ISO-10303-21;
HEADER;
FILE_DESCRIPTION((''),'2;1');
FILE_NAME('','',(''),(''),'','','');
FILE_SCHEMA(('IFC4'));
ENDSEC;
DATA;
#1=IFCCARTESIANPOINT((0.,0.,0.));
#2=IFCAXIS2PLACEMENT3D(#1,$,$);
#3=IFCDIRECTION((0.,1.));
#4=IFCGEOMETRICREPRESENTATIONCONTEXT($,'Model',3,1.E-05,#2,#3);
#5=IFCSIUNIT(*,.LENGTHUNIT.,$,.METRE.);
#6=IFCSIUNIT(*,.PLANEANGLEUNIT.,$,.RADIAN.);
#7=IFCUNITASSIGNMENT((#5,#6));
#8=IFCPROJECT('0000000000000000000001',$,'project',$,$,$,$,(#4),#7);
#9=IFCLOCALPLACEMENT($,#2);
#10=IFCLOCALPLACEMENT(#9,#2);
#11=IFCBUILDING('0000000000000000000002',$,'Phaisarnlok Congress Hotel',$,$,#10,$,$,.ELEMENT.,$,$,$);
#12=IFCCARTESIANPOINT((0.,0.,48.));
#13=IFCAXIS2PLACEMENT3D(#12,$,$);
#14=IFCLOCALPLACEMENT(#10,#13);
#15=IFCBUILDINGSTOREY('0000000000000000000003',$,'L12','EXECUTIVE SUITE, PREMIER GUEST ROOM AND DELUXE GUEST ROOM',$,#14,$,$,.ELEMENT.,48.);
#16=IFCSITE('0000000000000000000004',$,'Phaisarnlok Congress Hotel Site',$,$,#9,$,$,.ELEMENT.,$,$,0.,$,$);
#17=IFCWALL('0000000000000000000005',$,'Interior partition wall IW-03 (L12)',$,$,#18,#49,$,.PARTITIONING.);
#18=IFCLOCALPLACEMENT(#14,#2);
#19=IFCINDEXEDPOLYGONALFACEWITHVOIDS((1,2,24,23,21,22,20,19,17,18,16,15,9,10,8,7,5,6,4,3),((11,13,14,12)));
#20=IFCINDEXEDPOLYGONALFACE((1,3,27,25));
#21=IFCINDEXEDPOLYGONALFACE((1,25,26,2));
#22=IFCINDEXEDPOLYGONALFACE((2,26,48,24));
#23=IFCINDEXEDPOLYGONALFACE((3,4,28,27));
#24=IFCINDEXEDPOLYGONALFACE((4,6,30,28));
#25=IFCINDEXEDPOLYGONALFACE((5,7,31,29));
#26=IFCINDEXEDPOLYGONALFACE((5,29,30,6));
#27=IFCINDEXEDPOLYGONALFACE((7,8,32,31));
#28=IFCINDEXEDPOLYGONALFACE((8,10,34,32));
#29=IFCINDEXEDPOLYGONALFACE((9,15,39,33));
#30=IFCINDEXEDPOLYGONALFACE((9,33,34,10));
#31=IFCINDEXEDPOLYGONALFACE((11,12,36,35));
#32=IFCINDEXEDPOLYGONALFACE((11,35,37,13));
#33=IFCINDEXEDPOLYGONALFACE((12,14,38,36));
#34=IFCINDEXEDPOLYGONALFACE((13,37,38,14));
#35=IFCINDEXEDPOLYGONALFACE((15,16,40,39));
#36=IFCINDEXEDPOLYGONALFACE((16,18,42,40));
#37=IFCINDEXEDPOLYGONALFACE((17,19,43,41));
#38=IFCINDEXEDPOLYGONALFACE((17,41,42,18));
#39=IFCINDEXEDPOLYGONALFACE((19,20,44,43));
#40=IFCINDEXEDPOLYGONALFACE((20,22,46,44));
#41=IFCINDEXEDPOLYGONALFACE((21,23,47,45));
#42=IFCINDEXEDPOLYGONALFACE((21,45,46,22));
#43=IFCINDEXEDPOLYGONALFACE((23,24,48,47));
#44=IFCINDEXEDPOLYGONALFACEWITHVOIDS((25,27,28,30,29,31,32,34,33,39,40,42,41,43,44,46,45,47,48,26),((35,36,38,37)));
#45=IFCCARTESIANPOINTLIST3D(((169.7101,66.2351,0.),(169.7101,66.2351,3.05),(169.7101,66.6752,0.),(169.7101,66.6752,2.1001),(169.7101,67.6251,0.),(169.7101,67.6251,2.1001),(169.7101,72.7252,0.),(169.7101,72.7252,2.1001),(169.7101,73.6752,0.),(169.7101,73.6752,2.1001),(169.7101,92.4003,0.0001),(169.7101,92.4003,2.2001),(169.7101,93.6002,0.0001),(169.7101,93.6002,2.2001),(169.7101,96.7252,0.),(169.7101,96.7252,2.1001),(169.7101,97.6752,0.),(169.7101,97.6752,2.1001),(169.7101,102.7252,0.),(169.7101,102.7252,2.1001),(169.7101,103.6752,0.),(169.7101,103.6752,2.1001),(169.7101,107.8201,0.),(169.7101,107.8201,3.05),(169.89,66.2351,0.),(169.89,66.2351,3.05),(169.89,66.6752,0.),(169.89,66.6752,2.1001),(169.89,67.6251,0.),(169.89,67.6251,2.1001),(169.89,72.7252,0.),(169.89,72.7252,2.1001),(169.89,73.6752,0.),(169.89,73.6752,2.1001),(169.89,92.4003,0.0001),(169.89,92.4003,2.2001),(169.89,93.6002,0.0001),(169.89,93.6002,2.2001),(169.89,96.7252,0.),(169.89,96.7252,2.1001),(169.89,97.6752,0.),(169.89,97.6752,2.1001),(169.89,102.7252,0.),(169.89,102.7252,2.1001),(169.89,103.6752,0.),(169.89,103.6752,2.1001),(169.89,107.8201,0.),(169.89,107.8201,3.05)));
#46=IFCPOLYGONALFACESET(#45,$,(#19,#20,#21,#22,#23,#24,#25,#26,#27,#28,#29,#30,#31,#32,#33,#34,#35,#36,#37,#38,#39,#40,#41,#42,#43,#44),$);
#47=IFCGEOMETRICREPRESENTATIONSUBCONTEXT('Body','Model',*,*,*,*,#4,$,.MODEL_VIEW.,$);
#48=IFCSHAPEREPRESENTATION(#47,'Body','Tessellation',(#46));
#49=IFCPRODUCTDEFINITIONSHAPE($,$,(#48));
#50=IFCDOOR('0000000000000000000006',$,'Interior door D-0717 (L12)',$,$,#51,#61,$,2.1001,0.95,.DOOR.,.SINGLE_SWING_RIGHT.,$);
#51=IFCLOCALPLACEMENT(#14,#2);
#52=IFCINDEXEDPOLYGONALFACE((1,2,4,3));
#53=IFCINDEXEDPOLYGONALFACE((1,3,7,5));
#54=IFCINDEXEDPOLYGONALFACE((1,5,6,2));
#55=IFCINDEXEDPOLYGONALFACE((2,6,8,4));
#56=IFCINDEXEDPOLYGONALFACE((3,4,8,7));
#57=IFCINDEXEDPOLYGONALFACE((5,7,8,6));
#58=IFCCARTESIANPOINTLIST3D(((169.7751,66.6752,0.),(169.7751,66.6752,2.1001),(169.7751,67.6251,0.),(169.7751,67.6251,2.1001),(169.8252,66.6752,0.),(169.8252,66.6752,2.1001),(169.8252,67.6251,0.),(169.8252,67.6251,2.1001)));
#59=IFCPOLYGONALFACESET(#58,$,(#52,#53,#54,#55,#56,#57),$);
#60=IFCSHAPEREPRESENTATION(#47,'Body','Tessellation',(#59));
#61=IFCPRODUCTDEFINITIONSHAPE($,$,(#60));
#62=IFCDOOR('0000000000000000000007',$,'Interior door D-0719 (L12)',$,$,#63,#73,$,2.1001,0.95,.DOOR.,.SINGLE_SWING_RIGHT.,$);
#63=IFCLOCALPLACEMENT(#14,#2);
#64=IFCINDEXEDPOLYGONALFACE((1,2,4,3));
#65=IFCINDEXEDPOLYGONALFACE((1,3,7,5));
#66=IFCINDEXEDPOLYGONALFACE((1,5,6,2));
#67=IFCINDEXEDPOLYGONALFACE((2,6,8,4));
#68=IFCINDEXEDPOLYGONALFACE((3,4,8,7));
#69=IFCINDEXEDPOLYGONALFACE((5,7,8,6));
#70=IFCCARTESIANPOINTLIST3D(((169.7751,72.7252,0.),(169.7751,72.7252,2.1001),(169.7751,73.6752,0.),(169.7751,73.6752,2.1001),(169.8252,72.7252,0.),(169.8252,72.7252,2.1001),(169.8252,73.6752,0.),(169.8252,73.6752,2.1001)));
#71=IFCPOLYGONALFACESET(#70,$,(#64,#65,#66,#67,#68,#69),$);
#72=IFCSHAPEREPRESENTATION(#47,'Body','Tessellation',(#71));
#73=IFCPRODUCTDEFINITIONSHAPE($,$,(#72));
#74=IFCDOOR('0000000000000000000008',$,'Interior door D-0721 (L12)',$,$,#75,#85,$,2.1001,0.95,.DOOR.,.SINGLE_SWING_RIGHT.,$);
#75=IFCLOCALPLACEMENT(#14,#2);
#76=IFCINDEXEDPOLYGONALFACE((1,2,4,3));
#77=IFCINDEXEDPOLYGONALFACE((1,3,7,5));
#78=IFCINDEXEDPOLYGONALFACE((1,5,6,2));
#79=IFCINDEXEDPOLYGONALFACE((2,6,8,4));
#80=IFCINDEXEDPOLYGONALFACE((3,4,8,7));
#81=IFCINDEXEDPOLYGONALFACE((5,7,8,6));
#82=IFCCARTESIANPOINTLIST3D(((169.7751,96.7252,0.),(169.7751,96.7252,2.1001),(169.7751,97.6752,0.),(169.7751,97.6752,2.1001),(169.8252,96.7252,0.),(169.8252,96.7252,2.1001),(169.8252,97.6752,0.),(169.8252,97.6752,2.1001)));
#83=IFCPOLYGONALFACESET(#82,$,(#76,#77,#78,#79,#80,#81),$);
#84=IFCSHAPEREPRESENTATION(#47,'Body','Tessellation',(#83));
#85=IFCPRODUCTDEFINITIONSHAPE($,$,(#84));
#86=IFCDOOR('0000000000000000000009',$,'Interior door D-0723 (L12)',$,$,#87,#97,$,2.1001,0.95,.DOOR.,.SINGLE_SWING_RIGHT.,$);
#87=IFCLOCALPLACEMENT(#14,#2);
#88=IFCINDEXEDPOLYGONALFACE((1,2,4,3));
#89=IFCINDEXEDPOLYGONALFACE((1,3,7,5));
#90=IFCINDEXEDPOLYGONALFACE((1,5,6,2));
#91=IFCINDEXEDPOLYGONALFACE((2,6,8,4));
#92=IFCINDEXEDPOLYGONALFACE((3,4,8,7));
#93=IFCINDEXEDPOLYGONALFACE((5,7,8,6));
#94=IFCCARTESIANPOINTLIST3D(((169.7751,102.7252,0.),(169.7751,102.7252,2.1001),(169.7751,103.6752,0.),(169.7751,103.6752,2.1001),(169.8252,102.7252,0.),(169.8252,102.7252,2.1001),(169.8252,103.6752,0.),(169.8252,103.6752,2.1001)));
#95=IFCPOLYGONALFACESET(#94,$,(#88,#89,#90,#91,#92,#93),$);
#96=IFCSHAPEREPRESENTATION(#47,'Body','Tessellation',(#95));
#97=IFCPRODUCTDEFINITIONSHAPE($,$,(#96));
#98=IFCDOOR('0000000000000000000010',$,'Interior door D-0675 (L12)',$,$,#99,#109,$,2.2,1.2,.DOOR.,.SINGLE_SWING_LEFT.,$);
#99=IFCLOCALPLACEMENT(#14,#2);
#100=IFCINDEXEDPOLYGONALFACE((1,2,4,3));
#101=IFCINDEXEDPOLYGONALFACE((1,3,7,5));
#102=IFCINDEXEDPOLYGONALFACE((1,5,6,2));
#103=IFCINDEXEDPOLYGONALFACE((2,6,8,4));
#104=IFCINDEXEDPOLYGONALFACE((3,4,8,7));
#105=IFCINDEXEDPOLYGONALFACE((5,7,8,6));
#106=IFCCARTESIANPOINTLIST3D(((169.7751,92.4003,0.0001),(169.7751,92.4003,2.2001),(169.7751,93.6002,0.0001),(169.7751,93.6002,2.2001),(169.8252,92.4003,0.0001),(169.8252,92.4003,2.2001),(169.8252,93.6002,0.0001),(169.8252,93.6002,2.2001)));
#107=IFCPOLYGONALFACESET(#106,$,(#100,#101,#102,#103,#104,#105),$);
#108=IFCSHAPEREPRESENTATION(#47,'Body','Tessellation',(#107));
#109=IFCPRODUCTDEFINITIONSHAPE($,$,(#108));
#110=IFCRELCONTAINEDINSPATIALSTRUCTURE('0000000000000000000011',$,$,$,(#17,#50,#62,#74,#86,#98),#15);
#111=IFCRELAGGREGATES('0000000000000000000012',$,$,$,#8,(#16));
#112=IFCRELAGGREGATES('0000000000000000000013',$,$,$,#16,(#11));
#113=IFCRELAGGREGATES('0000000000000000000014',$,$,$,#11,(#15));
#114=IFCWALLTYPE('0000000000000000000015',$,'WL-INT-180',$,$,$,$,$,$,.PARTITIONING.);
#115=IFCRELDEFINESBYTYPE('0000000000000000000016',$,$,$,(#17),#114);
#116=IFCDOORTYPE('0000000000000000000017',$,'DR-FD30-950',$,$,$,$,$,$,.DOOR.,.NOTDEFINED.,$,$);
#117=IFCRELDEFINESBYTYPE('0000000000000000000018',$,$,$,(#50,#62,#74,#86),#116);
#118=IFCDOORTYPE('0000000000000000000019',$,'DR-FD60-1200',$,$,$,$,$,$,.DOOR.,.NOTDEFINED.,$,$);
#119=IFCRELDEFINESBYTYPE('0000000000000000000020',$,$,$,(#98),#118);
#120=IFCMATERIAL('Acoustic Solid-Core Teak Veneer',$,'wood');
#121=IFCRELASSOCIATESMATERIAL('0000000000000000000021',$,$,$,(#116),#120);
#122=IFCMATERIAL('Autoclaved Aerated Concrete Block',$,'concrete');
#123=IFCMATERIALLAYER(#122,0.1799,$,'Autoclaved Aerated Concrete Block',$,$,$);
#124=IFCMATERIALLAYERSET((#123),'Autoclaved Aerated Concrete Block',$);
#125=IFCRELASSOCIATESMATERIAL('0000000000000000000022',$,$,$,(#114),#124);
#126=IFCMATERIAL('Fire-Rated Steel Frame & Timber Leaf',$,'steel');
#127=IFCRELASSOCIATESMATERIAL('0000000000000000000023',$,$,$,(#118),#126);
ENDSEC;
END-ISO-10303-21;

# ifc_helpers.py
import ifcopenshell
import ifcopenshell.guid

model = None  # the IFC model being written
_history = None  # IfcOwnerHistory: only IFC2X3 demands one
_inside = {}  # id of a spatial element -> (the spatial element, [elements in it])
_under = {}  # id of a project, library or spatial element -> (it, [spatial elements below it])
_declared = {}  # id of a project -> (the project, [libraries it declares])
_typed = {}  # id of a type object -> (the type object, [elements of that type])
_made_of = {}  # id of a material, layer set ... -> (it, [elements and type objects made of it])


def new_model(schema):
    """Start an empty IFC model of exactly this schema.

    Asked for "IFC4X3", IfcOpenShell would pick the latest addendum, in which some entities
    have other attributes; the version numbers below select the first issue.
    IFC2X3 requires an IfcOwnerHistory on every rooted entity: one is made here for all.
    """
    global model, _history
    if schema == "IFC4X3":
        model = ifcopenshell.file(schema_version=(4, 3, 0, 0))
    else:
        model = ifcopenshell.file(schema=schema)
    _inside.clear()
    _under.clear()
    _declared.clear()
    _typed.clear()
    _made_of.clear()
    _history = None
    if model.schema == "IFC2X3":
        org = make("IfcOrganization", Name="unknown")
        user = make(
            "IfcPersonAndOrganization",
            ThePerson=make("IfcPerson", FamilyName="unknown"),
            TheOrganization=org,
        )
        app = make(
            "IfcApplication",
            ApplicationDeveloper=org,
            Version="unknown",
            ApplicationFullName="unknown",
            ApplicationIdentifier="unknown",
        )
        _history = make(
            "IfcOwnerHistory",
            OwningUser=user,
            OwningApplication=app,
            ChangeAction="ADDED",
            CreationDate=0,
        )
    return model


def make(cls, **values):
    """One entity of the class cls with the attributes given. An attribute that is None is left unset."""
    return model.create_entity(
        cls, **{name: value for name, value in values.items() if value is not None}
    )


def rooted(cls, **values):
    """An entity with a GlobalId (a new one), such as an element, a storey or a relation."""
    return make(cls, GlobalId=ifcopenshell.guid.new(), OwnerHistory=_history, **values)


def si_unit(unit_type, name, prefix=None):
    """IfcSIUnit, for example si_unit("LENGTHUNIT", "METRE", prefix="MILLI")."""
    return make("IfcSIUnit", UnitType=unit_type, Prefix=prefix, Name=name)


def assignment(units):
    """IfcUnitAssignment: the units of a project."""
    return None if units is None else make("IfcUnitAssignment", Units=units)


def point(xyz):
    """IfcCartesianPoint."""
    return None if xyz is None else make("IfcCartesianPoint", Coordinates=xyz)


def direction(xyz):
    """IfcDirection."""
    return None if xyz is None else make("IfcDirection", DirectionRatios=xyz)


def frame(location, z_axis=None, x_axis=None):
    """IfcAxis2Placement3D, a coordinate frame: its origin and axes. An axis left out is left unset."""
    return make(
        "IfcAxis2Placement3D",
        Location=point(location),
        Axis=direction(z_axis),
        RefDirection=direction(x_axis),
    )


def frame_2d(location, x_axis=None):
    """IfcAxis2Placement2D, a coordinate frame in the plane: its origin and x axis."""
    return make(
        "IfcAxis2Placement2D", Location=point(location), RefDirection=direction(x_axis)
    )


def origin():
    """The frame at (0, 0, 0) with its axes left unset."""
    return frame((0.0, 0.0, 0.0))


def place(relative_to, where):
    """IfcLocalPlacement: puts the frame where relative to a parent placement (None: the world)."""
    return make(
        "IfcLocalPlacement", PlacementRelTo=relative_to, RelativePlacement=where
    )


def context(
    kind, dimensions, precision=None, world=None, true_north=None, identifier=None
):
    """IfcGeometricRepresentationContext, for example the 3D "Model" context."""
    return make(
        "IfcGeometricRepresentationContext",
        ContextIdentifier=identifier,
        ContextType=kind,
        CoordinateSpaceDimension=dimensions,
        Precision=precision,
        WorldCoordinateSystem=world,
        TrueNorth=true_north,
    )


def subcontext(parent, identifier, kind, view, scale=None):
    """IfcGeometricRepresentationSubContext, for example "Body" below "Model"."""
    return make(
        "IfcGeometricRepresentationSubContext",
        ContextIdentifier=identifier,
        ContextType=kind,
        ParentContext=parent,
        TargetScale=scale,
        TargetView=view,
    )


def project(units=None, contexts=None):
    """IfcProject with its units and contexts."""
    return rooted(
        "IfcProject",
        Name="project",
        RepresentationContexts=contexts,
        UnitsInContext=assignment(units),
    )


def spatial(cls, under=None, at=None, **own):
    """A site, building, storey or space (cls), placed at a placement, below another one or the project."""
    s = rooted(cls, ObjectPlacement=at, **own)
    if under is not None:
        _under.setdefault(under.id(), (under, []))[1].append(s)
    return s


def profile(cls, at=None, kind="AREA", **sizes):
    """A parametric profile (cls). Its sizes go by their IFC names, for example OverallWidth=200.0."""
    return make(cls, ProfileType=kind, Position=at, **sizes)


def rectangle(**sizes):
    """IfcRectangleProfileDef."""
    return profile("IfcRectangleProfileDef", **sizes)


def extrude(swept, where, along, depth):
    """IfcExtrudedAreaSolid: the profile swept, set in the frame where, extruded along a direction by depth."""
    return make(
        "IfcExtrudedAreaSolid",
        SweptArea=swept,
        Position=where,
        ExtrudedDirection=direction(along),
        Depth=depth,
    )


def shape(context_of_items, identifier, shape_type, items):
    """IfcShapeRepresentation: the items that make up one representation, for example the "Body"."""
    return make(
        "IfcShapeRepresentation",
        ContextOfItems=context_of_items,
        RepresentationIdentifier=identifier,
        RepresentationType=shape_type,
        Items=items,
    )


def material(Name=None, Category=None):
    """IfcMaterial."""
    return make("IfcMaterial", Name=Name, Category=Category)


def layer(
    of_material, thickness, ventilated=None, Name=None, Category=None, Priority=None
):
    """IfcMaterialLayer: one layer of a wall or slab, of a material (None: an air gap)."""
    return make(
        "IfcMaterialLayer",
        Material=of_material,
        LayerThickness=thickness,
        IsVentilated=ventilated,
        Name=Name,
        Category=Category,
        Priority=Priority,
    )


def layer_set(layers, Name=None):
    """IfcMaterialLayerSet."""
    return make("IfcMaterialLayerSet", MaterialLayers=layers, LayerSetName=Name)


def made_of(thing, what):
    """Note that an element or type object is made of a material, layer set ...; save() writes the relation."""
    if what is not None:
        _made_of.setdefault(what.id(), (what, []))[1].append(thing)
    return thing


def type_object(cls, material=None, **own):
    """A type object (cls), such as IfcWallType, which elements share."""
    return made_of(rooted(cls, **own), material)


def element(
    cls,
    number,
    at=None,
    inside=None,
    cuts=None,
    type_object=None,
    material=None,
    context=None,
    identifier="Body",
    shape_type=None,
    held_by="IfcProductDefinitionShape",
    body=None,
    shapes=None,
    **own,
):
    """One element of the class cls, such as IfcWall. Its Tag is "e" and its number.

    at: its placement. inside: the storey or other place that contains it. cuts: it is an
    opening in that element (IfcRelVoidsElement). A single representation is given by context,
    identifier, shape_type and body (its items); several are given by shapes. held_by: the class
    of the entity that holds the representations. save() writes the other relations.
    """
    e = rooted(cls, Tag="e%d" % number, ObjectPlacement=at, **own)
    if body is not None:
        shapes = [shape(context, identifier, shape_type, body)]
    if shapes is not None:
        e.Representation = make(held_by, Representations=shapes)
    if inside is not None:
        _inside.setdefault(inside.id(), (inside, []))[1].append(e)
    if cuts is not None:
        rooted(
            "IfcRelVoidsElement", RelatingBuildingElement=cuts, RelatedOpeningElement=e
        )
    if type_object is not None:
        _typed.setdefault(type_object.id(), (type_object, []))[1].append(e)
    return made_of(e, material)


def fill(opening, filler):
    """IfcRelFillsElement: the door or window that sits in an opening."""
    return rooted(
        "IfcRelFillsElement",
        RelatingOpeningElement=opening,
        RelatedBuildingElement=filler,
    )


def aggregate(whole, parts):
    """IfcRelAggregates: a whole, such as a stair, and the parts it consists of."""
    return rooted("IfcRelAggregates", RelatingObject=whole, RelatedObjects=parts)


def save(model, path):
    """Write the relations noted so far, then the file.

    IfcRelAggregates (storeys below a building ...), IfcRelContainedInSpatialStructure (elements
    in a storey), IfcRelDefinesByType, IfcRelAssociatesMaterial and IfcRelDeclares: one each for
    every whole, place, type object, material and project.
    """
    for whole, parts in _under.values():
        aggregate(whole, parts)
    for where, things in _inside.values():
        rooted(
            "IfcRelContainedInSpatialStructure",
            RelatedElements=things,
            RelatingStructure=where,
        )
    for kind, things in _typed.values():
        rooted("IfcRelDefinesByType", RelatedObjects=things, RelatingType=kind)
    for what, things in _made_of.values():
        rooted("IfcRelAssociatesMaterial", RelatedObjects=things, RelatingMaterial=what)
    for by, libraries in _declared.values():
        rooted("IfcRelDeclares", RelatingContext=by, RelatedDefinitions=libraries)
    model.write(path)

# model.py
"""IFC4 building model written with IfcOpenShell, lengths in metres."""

from ifc_helpers import new_model, si_unit, direction, frame, frame_2d, origin, place, context, subcontext, project, spatial, rectangle, extrude, material, layer, layer_set, type_object, element, fill, save


model = new_model("IFC4")

# Units and contexts
model_context = context("Model", 3, precision=1e-05, world=origin(), true_north=direction((0.0, 1.0)))
body_context = subcontext(model_context, "Body", "Model", "MODEL_VIEW")
ifc_project = project(units=[si_unit("LENGTHUNIT", "METRE"), si_unit("PLANEANGLEUNIT", "RADIAN")], contexts=[model_context])

# Site, building, storey
site_placement = place(None, origin())
site = spatial("IfcSite", under=ifc_project, at=site_placement, Name="Phaisarnlok Congress Hotel Site", CompositionType="ELEMENT", RefElevation=0.0)
building_placement = place(site_placement, origin())
building = spatial("IfcBuilding", under=site, at=building_placement, Name="Phaisarnlok Congress Hotel", CompositionType="ELEMENT")
storey_placement = place(building_placement, frame((0.0, 0.0, 48.0)))
storey = spatial("IfcBuildingStorey", under=building, at=storey_placement, Name="L12", Description="EXECUTIVE SUITE, PREMIER GUEST ROOM AND DELUXE GUEST ROOM", CompositionType="ELEMENT", Elevation=48.0)

# Wall, openings, doors
ifc_material_1 = material(Name="Acoustic Solid-Core Teak Veneer", Category="wood")
door_type_1 = type_object("IfcDoorType", Name="DR-FD30-950", OperationType="NOTDEFINED", PredefinedType="DOOR", material=ifc_material_1)
ifc_material_2 = material(Name="Autoclaved Aerated Concrete Block", Category="concrete")
ifc_layer_1 = layer(ifc_material_2, 0.1799, Name="Autoclaved Aerated Concrete Block")
ifc_layer_set_1 = layer_set([ifc_layer_1], Name="Autoclaved Aerated Concrete Block")
wall_type_1 = type_object("IfcWallType", Name="WL-INT-180", PredefinedType="PARTITIONING", material=ifc_layer_set_1)
wall_1_placement = place(storey_placement, frame((169.8, 66.2351, 0.0), z_axis=(0.0, 0.0, 1.0), x_axis=(0.0, 1.0, 0.0)))
wall_1 = element("IfcWall", 1, at=wall_1_placement, inside=storey, type_object=wall_type_1, Name="Interior partition wall IW-03 (L12)", PredefinedType="PARTITIONING", context=body_context, shape_type="SweptSolid", body=[
    extrude(rectangle(XDim=41.585, YDim=0.1799, at=frame_2d((20.7925, 0.0))), origin(), (0.0, 0.0, 1.0), 3.05),
])
opening_1_placement = place(wall_1_placement, frame((26.165, 0.0, 0.0)))
opening_1 = element("IfcOpeningElement", 2, at=opening_1_placement, cuts=wall_1, PredefinedType="OPENING", context=body_context, shape_type="SweptSolid", body=[
    extrude(rectangle(XDim=1.2, YDim=2.2, at=frame_2d((0.6001, 1.1001))), frame((0.0, 0.1001, 0.0), z_axis=(0.0, -1.0, 0.0), x_axis=(1.0, 0.0, 0.0)), (0.0, 0.0, 1.0), 0.2),
])
opening_2_placement = place(wall_1_placement, frame((0.4399, 0.0, 0.0)))
opening_2 = element("IfcOpeningElement", 3, at=opening_2_placement, cuts=wall_1, PredefinedType="OPENING", context=body_context, shape_type="SweptSolid", body=[
    extrude(rectangle(XDim=0.95, YDim=2.1001, at=frame_2d((0.4751, 1.05))), frame((0.0, 0.1001, 0.0), z_axis=(0.0, -1.0, 0.0), x_axis=(1.0, 0.0, 0.0)), (0.0, 0.0, 1.0), 0.2),
])
opening_3_placement = place(wall_1_placement, frame((6.49, 0.0, 0.0)))
opening_3 = element("IfcOpeningElement", 4, at=opening_3_placement, cuts=wall_1, PredefinedType="OPENING", context=body_context, shape_type="SweptSolid", body=[
    extrude(rectangle(XDim=0.95, YDim=2.1001, at=frame_2d((0.4751, 1.05))), frame((0.0, 0.1001, 0.0), z_axis=(0.0, -1.0, 0.0), x_axis=(1.0, 0.0, 0.0)), (0.0, 0.0, 1.0), 0.2),
])
opening_4_placement = place(wall_1_placement, frame((30.49, 0.0, 0.0)))
opening_4 = element("IfcOpeningElement", 5, at=opening_4_placement, cuts=wall_1, PredefinedType="OPENING", context=body_context, shape_type="SweptSolid", body=[
    extrude(rectangle(XDim=0.95, YDim=2.1001, at=frame_2d((0.4751, 1.05))), frame((0.0, 0.1001, 0.0), z_axis=(0.0, -1.0, 0.0), x_axis=(1.0, 0.0, 0.0)), (0.0, 0.0, 1.0), 0.2),
])
opening_5_placement = place(wall_1_placement, frame((36.49, 0.0, 0.0)))
opening_5 = element("IfcOpeningElement", 6, at=opening_5_placement, cuts=wall_1, PredefinedType="OPENING", context=body_context, shape_type="SweptSolid", body=[
    extrude(rectangle(XDim=0.95, YDim=2.1001, at=frame_2d((0.4751, 1.05))), frame((0.0, 0.1001, 0.0), z_axis=(0.0, -1.0, 0.0), x_axis=(1.0, 0.0, 0.0)), (0.0, 0.0, 1.0), 0.2),
])
door_1_placement = place(opening_2_placement, origin())
door_1 = element("IfcDoor", 7, at=door_1_placement, inside=storey, type_object=door_type_1, Name="Interior door D-0717 (L12)", OperationType="SINGLE_SWING_RIGHT", OverallHeight=2.1001, OverallWidth=0.95, PredefinedType="DOOR", context=body_context, shape_type="SweptSolid", body=[
    extrude(rectangle(XDim=0.95, YDim=2.1001, at=frame_2d((0.4751, 1.05))), frame((0.0, 0.0249, 0.0), z_axis=(0.0, -1.0, 0.0), x_axis=(1.0, 0.0, 0.0)), (0.0, 0.0, 1.0), 0.05),
])
fill(opening_2, door_1)
door_2_placement = place(opening_3_placement, origin())
door_2 = element("IfcDoor", 8, at=door_2_placement, inside=storey, type_object=door_type_1, Name="Interior door D-0719 (L12)", OperationType="SINGLE_SWING_RIGHT", OverallHeight=2.1001, OverallWidth=0.95, PredefinedType="DOOR", context=body_context, shape_type="SweptSolid", body=[
    extrude(rectangle(XDim=0.95, YDim=2.1001, at=frame_2d((0.4751, 1.05))), frame((0.0, 0.0249, 0.0), z_axis=(0.0, -1.0, 0.0), x_axis=(1.0, 0.0, 0.0)), (0.0, 0.0, 1.0), 0.05),
])
fill(opening_3, door_2)
door_3_placement = place(opening_4_placement, origin())
door_3 = element("IfcDoor", 9, at=door_3_placement, inside=storey, type_object=door_type_1, Name="Interior door D-0721 (L12)", OperationType="SINGLE_SWING_RIGHT", OverallHeight=2.1001, OverallWidth=0.95, PredefinedType="DOOR", context=body_context, shape_type="SweptSolid", body=[
    extrude(rectangle(XDim=0.95, YDim=2.1001, at=frame_2d((0.4751, 1.05))), frame((0.0, 0.0249, 0.0), z_axis=(0.0, -1.0, 0.0), x_axis=(1.0, 0.0, 0.0)), (0.0, 0.0, 1.0), 0.05),
])
fill(opening_4, door_3)
door_4_placement = place(opening_5_placement, origin())
door_4 = element("IfcDoor", 10, at=door_4_placement, inside=storey, type_object=door_type_1, Name="Interior door D-0723 (L12)", OperationType="SINGLE_SWING_RIGHT", OverallHeight=2.1001, OverallWidth=0.95, PredefinedType="DOOR", context=body_context, shape_type="SweptSolid", body=[
    extrude(rectangle(XDim=0.95, YDim=2.1001, at=frame_2d((0.4751, 1.05))), frame((0.0, 0.0249, 0.0), z_axis=(0.0, -1.0, 0.0), x_axis=(1.0, 0.0, 0.0)), (0.0, 0.0, 1.0), 0.05),
])
fill(opening_5, door_4)
ifc_material_3 = material(Name="Fire-Rated Steel Frame & Timber Leaf", Category="steel")
door_type_2 = type_object("IfcDoorType", Name="DR-FD60-1200", OperationType="NOTDEFINED", PredefinedType="DOOR", material=ifc_material_3)
door_5_placement = place(opening_1_placement, origin())
door_5 = element("IfcDoor", 11, at=door_5_placement, inside=storey, type_object=door_type_2, Name="Interior door D-0675 (L12)", OperationType="SINGLE_SWING_LEFT", OverallHeight=2.2, OverallWidth=1.2, PredefinedType="DOOR", context=body_context, shape_type="SweptSolid", body=[
    extrude(rectangle(XDim=1.2, YDim=2.2, at=frame_2d((0.6001, 1.1001))), frame((0.0, 0.0249, 0.0), z_axis=(0.0, -1.0, 0.0), x_axis=(1.0, 0.0, 0.0)), (0.0, 0.0, 1.0), 0.05),
])
fill(opening_1, door_5)

save(model, "model.ifc")
